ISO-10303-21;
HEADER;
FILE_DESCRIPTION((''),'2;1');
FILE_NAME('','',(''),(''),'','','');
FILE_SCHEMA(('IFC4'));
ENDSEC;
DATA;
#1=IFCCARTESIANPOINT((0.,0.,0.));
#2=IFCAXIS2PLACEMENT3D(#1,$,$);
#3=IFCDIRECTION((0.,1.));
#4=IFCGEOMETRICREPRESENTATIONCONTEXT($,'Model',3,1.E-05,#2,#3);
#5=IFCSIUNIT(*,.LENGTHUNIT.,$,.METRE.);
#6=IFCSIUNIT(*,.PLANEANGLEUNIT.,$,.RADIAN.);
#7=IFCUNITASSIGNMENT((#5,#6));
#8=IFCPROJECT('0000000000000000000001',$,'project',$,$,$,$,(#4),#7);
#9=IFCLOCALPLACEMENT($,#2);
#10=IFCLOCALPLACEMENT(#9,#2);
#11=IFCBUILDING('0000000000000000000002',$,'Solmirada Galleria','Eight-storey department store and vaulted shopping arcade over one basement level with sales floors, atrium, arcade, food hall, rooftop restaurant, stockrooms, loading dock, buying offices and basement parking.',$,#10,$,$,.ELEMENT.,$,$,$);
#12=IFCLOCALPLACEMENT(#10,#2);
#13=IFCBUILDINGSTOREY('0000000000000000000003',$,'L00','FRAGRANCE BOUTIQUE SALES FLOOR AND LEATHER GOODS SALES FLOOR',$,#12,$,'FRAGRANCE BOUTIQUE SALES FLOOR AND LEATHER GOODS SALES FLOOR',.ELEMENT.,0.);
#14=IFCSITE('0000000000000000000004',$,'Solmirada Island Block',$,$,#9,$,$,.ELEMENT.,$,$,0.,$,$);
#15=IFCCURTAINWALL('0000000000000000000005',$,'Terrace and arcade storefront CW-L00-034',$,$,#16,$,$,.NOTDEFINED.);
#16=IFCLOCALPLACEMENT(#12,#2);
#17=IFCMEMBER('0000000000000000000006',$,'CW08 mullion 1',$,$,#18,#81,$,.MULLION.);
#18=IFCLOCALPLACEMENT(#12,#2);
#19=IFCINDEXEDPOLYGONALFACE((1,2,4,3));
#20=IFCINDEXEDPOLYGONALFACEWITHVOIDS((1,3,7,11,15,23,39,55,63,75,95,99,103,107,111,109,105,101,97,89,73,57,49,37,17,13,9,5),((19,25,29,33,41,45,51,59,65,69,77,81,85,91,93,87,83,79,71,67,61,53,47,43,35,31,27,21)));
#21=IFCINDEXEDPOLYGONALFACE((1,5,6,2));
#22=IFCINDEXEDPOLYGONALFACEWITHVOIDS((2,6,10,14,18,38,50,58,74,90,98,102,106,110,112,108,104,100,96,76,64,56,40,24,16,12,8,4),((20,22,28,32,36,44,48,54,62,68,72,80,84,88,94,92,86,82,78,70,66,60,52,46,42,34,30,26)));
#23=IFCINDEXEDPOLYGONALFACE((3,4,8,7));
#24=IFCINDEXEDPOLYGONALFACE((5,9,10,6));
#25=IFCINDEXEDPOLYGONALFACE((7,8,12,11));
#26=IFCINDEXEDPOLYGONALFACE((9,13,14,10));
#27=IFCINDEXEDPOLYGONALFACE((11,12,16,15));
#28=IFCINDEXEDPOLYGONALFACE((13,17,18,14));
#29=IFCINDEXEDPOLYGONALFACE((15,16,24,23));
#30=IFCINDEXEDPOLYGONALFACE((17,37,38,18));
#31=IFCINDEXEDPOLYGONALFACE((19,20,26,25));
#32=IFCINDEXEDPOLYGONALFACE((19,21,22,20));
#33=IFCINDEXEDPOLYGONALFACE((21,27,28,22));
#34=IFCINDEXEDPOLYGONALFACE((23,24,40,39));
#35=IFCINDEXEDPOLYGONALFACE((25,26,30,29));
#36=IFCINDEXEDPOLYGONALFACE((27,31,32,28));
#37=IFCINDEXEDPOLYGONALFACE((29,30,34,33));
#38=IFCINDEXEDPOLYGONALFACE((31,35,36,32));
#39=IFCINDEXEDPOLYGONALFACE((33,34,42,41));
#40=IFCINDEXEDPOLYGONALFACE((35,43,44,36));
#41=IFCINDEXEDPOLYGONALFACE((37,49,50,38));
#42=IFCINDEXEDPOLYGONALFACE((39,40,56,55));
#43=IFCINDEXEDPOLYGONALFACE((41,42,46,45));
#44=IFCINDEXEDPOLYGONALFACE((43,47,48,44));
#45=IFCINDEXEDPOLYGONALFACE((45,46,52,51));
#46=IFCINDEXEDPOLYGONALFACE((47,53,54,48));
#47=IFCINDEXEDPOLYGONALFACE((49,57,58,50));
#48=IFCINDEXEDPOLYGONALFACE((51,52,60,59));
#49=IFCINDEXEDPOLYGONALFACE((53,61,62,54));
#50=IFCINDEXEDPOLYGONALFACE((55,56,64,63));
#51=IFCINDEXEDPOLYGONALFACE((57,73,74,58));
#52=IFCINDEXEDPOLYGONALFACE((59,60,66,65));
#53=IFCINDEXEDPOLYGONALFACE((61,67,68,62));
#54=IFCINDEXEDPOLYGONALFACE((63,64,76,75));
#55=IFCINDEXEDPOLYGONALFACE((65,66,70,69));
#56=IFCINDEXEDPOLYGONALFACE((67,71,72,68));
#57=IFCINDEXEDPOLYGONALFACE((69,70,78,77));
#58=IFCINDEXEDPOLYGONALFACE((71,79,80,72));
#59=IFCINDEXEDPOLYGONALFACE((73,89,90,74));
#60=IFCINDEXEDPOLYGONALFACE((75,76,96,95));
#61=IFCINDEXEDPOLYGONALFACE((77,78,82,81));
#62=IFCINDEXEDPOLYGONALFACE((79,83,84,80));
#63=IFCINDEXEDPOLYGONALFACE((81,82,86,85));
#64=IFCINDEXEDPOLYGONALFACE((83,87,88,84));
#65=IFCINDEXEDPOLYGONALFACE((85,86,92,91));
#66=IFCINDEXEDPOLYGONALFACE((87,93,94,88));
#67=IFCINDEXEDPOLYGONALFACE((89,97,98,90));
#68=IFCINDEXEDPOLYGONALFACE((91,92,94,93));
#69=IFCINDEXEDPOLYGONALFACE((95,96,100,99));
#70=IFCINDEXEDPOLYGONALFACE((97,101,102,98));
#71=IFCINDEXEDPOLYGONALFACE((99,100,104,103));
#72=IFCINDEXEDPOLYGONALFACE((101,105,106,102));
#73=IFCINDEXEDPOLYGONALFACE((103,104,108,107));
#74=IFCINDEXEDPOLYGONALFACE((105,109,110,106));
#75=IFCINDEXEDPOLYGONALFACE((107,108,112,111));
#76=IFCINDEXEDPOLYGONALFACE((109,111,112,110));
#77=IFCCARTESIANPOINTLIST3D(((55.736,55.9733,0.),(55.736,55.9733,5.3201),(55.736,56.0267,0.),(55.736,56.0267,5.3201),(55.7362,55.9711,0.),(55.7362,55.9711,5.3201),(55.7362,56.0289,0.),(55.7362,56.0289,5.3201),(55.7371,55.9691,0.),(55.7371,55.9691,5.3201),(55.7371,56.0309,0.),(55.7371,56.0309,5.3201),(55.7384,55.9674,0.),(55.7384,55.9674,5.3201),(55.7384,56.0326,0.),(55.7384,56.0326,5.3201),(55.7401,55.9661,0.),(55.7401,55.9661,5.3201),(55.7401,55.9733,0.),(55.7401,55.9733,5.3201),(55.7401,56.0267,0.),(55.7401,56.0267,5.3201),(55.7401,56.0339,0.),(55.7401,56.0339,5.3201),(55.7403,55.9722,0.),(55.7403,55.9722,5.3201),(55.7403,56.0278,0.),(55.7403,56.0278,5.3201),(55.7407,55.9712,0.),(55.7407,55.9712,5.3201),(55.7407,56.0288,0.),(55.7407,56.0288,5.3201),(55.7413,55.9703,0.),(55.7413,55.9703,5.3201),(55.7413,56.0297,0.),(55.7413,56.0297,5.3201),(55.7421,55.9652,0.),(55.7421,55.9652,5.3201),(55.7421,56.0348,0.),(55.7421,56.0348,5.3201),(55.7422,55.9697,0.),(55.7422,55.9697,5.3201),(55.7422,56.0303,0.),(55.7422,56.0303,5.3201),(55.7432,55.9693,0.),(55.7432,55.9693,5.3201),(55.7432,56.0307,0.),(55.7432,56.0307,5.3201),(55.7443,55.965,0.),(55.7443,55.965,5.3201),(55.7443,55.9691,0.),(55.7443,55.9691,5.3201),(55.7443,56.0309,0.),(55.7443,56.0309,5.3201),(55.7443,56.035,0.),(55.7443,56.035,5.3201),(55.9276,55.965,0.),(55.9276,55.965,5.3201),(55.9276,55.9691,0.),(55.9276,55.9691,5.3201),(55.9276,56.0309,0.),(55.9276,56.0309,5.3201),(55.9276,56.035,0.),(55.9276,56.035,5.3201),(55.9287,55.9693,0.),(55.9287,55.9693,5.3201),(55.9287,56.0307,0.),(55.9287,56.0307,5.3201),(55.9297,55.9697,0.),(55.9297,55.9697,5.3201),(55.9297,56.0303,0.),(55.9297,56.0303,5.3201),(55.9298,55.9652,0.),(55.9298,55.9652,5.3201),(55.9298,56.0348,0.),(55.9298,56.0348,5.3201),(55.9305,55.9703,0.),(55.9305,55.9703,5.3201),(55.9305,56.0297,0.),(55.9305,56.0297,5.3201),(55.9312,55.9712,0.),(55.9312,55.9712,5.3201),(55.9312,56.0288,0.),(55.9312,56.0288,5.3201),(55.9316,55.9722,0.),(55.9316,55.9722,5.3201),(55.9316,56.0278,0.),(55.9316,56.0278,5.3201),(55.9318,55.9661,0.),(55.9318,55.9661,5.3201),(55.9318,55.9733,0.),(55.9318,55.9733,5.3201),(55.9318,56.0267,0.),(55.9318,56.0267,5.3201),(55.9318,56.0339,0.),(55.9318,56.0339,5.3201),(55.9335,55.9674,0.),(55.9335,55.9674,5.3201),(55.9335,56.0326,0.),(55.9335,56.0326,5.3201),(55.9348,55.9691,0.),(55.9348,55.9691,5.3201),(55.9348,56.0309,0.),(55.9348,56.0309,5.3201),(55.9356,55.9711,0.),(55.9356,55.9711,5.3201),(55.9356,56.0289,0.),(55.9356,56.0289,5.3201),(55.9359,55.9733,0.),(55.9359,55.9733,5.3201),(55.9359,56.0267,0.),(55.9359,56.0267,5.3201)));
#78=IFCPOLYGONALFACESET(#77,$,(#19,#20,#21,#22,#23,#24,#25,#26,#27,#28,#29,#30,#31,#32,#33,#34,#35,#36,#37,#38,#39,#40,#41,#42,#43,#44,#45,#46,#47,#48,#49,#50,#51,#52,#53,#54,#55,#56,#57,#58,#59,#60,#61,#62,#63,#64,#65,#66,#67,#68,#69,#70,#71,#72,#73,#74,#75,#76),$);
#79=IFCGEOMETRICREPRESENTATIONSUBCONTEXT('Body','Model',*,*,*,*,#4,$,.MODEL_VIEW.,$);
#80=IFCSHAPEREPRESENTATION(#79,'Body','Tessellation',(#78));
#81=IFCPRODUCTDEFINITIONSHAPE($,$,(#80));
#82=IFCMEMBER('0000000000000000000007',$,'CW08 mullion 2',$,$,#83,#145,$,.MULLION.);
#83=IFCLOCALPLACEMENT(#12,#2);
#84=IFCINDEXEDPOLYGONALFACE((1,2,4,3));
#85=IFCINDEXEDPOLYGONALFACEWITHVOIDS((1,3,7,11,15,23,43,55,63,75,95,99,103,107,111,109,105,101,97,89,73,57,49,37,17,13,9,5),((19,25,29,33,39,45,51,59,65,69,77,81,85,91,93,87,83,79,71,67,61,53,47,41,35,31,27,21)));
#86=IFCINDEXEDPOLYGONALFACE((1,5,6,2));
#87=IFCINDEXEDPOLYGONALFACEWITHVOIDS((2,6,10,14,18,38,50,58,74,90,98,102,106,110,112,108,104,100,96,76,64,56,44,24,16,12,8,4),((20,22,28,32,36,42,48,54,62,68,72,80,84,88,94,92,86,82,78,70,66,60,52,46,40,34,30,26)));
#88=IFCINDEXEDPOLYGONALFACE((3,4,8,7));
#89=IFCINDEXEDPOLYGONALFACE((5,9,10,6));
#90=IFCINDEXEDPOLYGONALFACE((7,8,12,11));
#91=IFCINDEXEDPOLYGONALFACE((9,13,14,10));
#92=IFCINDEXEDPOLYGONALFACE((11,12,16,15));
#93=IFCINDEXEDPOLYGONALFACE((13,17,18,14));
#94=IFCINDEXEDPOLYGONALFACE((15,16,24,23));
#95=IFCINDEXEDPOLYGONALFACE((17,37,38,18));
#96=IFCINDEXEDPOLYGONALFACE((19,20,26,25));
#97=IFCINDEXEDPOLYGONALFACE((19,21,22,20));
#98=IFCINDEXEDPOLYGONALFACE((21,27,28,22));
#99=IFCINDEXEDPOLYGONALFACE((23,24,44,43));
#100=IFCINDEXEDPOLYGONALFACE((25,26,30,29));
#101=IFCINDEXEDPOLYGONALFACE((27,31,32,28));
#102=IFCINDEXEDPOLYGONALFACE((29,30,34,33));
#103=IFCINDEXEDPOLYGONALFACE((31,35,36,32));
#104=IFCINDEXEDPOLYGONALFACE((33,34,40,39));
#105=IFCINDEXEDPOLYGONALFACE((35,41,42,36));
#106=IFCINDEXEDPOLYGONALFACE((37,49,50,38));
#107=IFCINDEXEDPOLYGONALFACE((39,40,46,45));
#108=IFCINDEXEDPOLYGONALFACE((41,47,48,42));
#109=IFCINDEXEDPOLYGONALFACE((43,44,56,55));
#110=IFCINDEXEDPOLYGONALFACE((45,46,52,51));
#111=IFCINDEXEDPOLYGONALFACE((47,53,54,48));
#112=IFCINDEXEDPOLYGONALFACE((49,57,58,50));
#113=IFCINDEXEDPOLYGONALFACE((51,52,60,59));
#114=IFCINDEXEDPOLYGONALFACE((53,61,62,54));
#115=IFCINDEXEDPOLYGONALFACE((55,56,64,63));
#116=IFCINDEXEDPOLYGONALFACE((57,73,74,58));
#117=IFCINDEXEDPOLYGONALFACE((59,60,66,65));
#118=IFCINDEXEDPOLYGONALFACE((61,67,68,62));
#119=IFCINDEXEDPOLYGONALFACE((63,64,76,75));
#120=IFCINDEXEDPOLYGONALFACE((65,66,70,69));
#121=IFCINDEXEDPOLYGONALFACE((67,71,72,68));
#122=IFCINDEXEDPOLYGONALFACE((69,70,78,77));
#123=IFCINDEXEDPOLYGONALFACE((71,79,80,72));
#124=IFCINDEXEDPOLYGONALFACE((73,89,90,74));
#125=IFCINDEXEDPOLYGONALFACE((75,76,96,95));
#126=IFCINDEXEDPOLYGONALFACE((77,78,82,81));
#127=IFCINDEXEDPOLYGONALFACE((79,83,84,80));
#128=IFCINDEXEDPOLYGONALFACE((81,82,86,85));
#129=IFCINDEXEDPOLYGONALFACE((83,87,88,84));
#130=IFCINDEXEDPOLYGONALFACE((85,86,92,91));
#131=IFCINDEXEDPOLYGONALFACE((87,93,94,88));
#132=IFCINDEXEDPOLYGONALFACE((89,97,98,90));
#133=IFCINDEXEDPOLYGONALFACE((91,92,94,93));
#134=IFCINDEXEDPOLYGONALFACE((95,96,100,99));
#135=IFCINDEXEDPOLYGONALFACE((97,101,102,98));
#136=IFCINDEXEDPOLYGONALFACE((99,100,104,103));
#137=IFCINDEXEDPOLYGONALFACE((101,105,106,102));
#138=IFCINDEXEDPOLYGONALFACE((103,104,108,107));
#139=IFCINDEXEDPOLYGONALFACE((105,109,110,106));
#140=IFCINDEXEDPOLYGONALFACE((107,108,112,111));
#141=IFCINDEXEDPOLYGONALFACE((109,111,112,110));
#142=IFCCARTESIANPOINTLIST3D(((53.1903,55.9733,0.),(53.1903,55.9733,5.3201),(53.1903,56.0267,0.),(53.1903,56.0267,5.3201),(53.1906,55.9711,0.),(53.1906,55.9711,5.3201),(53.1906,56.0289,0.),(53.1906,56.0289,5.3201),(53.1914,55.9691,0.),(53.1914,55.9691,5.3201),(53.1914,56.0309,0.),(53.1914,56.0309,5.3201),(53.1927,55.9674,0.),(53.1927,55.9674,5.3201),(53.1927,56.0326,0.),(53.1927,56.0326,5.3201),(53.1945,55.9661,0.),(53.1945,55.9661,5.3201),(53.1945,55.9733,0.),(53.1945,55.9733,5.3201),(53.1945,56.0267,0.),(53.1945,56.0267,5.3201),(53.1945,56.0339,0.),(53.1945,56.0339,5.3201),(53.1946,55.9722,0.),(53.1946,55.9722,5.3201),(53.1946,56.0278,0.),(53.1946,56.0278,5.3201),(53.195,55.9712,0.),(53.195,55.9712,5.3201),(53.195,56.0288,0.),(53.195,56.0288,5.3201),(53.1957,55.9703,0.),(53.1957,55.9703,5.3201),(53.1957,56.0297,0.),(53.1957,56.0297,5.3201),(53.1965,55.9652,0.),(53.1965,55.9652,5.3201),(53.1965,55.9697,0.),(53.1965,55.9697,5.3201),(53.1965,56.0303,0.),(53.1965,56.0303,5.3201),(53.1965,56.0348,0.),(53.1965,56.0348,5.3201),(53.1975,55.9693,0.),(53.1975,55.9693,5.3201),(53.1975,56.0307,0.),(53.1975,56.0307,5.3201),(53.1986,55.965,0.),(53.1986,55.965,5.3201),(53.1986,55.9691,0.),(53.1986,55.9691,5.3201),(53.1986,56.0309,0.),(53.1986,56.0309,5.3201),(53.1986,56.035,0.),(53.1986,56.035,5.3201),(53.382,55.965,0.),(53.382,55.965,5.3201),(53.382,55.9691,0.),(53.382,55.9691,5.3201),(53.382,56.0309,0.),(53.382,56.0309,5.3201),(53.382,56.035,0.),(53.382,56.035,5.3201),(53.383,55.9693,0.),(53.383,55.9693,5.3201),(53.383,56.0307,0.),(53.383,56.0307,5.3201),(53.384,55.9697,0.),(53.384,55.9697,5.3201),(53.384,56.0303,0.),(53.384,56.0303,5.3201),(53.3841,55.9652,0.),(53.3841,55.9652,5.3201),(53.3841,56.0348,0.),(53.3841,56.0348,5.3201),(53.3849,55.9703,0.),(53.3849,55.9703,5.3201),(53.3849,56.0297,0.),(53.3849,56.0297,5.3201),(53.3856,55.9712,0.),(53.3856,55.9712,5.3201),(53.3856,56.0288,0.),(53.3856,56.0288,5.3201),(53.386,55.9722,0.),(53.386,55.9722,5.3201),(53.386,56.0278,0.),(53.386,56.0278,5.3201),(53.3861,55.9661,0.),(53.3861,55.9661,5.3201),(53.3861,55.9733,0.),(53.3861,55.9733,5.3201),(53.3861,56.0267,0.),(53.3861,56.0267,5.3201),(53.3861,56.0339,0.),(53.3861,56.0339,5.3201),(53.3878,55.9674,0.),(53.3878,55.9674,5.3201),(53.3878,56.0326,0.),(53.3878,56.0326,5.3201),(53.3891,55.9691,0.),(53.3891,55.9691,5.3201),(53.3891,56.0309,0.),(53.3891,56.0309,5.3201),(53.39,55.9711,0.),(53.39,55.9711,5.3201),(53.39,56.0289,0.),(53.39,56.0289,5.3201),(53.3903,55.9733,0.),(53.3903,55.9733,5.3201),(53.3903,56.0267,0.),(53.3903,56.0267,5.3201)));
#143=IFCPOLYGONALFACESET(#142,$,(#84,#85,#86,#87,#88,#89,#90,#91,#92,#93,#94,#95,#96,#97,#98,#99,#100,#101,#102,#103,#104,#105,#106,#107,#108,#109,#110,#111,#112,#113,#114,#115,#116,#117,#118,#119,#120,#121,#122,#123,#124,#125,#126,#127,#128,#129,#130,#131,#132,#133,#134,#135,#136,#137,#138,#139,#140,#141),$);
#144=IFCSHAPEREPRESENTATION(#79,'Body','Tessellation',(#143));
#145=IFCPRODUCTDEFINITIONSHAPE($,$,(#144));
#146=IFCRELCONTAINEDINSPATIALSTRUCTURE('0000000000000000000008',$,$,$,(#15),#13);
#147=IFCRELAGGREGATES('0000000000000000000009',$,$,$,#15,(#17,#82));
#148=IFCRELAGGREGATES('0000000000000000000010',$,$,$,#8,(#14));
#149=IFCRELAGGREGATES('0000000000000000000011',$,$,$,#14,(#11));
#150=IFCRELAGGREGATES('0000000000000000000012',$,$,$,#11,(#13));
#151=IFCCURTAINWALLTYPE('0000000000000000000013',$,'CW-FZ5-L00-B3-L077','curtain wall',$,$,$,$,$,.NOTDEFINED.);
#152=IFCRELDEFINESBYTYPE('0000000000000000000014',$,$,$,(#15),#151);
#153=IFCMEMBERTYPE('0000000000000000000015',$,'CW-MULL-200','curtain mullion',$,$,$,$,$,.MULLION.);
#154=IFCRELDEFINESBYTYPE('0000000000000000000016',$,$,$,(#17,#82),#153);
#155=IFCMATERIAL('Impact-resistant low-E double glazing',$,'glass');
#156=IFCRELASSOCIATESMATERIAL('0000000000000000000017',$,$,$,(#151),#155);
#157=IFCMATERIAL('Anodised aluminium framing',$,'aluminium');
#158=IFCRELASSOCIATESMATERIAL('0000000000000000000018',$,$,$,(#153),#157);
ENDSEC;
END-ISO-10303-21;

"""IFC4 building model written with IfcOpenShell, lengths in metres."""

from ifc_helpers import new_model, si_unit, direction, frame, origin, origin_2d, place, context, subcontext, project, spatial, hollow_rectangle, extrude, material, material_profile, profile_set, type_object, element, aggregate, save


model = new_model("IFC4")

# Units and contexts
model_context = context("Model", 3, precision=1e-05, world=origin(), true_north=direction((0.0, 1.0)))
body_context = subcontext(model_context, "Body", "Model", "MODEL_VIEW")
ifc_project = project(units=[si_unit("LENGTHUNIT", "METRE"), si_unit("PLANEANGLEUNIT", "RADIAN")], contexts=[model_context])

# Site, building, storey
site_placement = place(None, origin())
site = spatial("IfcSite", under=ifc_project, at=site_placement, Name="Solmirada Island Block", CompositionType="ELEMENT", RefElevation=0.0)
building_placement = place(site_placement, origin())
building = spatial("IfcBuilding", under=site, at=building_placement, Name="Solmirada Galleria", Description="Eight-storey department store and vaulted shopping arcade over one basement level with sales floors, atrium, arcade, food hall, rooftop restaurant, stockrooms, loading dock, buying offices and basement parking.", CompositionType="ELEMENT")
storey_placement = place(building_placement, origin())
storey = spatial("IfcBuildingStorey", under=building, at=storey_placement, Name="L00", Description="FRAGRANCE BOUTIQUE SALES FLOOR AND LEATHER GOODS SALES FLOOR", LongName="FRAGRANCE BOUTIQUE SALES FLOOR AND LEATHER GOODS SALES FLOOR", CompositionType="ELEMENT", Elevation=0.0)

# Curtain wall, members
ifc_material_1 = material(Name="Impact-resistant low-E double glazing", Category="glass")
curtain_wall_type = type_object("IfcCurtainWallType", Name="CW-FZ5-L00-B3-L077", Description="curtain wall", PredefinedType="NOTDEFINED", material=ifc_material_1)
curtain_wall_placement = place(storey_placement, origin())
curtain_wall = element("IfcCurtainWall", 1, at=curtain_wall_placement, inside=storey, type_object=curtain_wall_type, Name="Terrace and arcade storefront CW-L00-034", PredefinedType="NOTDEFINED")
ifc_material_2 = material(Name="Anodised aluminium framing", Category="aluminium")
ifc_material_profile_1 = material_profile(ifc_material_2, hollow_rectangle(XDim=0.0701, YDim=0.2, WallThickness=0.0042, InnerFilletRadius=0.0042, OuterFilletRadius=0.0083, at=origin_2d()), Name="ALU-MULL-200X70")
ifc_profile_set_1 = profile_set([ifc_material_profile_1], Name="Anodised aluminium framing")
member_type_1 = type_object("IfcMemberType", Name="CW-MULL-200", Description="curtain mullion", PredefinedType="MULLION", material=ifc_profile_set_1)
member_1_placement = place(storey_placement, frame((55.8359, 56.0, 0.0), z_axis=(0.0, 0.0, 1.0), x_axis=(0.0, -1.0, 0.0)))
member_1 = element("IfcMember", 2, at=member_1_placement, type_object=member_type_1, Name="CW08 mullion 1", PredefinedType="MULLION", context=body_context, shape_type="SweptSolid", body=[
    extrude(hollow_rectangle(XDim=0.0701, YDim=0.2, WallThickness=0.0042, InnerFilletRadius=0.0042, OuterFilletRadius=0.0083, at=origin_2d()), origin(), (0.0, 0.0, 1.0), 5.3201),
])
member_2_placement = place(storey_placement, frame((53.2903, 56.0, 0.0), z_axis=(0.0, 0.0, 1.0), x_axis=(0.0, -1.0, 0.0)))
member_2 = element("IfcMember", 3, at=member_2_placement, type_object=member_type_1, Name="CW08 mullion 2", PredefinedType="MULLION", context=body_context, shape_type="SweptSolid", body=[
    extrude(hollow_rectangle(XDim=0.0701, YDim=0.2, WallThickness=0.0042, InnerFilletRadius=0.0042, OuterFilletRadius=0.0083, at=origin_2d()), origin(), (0.0, 0.0, 1.0), 5.3201),
])
aggregate(curtain_wall, [member_1, member_2])

save(model, "model.ifc")
